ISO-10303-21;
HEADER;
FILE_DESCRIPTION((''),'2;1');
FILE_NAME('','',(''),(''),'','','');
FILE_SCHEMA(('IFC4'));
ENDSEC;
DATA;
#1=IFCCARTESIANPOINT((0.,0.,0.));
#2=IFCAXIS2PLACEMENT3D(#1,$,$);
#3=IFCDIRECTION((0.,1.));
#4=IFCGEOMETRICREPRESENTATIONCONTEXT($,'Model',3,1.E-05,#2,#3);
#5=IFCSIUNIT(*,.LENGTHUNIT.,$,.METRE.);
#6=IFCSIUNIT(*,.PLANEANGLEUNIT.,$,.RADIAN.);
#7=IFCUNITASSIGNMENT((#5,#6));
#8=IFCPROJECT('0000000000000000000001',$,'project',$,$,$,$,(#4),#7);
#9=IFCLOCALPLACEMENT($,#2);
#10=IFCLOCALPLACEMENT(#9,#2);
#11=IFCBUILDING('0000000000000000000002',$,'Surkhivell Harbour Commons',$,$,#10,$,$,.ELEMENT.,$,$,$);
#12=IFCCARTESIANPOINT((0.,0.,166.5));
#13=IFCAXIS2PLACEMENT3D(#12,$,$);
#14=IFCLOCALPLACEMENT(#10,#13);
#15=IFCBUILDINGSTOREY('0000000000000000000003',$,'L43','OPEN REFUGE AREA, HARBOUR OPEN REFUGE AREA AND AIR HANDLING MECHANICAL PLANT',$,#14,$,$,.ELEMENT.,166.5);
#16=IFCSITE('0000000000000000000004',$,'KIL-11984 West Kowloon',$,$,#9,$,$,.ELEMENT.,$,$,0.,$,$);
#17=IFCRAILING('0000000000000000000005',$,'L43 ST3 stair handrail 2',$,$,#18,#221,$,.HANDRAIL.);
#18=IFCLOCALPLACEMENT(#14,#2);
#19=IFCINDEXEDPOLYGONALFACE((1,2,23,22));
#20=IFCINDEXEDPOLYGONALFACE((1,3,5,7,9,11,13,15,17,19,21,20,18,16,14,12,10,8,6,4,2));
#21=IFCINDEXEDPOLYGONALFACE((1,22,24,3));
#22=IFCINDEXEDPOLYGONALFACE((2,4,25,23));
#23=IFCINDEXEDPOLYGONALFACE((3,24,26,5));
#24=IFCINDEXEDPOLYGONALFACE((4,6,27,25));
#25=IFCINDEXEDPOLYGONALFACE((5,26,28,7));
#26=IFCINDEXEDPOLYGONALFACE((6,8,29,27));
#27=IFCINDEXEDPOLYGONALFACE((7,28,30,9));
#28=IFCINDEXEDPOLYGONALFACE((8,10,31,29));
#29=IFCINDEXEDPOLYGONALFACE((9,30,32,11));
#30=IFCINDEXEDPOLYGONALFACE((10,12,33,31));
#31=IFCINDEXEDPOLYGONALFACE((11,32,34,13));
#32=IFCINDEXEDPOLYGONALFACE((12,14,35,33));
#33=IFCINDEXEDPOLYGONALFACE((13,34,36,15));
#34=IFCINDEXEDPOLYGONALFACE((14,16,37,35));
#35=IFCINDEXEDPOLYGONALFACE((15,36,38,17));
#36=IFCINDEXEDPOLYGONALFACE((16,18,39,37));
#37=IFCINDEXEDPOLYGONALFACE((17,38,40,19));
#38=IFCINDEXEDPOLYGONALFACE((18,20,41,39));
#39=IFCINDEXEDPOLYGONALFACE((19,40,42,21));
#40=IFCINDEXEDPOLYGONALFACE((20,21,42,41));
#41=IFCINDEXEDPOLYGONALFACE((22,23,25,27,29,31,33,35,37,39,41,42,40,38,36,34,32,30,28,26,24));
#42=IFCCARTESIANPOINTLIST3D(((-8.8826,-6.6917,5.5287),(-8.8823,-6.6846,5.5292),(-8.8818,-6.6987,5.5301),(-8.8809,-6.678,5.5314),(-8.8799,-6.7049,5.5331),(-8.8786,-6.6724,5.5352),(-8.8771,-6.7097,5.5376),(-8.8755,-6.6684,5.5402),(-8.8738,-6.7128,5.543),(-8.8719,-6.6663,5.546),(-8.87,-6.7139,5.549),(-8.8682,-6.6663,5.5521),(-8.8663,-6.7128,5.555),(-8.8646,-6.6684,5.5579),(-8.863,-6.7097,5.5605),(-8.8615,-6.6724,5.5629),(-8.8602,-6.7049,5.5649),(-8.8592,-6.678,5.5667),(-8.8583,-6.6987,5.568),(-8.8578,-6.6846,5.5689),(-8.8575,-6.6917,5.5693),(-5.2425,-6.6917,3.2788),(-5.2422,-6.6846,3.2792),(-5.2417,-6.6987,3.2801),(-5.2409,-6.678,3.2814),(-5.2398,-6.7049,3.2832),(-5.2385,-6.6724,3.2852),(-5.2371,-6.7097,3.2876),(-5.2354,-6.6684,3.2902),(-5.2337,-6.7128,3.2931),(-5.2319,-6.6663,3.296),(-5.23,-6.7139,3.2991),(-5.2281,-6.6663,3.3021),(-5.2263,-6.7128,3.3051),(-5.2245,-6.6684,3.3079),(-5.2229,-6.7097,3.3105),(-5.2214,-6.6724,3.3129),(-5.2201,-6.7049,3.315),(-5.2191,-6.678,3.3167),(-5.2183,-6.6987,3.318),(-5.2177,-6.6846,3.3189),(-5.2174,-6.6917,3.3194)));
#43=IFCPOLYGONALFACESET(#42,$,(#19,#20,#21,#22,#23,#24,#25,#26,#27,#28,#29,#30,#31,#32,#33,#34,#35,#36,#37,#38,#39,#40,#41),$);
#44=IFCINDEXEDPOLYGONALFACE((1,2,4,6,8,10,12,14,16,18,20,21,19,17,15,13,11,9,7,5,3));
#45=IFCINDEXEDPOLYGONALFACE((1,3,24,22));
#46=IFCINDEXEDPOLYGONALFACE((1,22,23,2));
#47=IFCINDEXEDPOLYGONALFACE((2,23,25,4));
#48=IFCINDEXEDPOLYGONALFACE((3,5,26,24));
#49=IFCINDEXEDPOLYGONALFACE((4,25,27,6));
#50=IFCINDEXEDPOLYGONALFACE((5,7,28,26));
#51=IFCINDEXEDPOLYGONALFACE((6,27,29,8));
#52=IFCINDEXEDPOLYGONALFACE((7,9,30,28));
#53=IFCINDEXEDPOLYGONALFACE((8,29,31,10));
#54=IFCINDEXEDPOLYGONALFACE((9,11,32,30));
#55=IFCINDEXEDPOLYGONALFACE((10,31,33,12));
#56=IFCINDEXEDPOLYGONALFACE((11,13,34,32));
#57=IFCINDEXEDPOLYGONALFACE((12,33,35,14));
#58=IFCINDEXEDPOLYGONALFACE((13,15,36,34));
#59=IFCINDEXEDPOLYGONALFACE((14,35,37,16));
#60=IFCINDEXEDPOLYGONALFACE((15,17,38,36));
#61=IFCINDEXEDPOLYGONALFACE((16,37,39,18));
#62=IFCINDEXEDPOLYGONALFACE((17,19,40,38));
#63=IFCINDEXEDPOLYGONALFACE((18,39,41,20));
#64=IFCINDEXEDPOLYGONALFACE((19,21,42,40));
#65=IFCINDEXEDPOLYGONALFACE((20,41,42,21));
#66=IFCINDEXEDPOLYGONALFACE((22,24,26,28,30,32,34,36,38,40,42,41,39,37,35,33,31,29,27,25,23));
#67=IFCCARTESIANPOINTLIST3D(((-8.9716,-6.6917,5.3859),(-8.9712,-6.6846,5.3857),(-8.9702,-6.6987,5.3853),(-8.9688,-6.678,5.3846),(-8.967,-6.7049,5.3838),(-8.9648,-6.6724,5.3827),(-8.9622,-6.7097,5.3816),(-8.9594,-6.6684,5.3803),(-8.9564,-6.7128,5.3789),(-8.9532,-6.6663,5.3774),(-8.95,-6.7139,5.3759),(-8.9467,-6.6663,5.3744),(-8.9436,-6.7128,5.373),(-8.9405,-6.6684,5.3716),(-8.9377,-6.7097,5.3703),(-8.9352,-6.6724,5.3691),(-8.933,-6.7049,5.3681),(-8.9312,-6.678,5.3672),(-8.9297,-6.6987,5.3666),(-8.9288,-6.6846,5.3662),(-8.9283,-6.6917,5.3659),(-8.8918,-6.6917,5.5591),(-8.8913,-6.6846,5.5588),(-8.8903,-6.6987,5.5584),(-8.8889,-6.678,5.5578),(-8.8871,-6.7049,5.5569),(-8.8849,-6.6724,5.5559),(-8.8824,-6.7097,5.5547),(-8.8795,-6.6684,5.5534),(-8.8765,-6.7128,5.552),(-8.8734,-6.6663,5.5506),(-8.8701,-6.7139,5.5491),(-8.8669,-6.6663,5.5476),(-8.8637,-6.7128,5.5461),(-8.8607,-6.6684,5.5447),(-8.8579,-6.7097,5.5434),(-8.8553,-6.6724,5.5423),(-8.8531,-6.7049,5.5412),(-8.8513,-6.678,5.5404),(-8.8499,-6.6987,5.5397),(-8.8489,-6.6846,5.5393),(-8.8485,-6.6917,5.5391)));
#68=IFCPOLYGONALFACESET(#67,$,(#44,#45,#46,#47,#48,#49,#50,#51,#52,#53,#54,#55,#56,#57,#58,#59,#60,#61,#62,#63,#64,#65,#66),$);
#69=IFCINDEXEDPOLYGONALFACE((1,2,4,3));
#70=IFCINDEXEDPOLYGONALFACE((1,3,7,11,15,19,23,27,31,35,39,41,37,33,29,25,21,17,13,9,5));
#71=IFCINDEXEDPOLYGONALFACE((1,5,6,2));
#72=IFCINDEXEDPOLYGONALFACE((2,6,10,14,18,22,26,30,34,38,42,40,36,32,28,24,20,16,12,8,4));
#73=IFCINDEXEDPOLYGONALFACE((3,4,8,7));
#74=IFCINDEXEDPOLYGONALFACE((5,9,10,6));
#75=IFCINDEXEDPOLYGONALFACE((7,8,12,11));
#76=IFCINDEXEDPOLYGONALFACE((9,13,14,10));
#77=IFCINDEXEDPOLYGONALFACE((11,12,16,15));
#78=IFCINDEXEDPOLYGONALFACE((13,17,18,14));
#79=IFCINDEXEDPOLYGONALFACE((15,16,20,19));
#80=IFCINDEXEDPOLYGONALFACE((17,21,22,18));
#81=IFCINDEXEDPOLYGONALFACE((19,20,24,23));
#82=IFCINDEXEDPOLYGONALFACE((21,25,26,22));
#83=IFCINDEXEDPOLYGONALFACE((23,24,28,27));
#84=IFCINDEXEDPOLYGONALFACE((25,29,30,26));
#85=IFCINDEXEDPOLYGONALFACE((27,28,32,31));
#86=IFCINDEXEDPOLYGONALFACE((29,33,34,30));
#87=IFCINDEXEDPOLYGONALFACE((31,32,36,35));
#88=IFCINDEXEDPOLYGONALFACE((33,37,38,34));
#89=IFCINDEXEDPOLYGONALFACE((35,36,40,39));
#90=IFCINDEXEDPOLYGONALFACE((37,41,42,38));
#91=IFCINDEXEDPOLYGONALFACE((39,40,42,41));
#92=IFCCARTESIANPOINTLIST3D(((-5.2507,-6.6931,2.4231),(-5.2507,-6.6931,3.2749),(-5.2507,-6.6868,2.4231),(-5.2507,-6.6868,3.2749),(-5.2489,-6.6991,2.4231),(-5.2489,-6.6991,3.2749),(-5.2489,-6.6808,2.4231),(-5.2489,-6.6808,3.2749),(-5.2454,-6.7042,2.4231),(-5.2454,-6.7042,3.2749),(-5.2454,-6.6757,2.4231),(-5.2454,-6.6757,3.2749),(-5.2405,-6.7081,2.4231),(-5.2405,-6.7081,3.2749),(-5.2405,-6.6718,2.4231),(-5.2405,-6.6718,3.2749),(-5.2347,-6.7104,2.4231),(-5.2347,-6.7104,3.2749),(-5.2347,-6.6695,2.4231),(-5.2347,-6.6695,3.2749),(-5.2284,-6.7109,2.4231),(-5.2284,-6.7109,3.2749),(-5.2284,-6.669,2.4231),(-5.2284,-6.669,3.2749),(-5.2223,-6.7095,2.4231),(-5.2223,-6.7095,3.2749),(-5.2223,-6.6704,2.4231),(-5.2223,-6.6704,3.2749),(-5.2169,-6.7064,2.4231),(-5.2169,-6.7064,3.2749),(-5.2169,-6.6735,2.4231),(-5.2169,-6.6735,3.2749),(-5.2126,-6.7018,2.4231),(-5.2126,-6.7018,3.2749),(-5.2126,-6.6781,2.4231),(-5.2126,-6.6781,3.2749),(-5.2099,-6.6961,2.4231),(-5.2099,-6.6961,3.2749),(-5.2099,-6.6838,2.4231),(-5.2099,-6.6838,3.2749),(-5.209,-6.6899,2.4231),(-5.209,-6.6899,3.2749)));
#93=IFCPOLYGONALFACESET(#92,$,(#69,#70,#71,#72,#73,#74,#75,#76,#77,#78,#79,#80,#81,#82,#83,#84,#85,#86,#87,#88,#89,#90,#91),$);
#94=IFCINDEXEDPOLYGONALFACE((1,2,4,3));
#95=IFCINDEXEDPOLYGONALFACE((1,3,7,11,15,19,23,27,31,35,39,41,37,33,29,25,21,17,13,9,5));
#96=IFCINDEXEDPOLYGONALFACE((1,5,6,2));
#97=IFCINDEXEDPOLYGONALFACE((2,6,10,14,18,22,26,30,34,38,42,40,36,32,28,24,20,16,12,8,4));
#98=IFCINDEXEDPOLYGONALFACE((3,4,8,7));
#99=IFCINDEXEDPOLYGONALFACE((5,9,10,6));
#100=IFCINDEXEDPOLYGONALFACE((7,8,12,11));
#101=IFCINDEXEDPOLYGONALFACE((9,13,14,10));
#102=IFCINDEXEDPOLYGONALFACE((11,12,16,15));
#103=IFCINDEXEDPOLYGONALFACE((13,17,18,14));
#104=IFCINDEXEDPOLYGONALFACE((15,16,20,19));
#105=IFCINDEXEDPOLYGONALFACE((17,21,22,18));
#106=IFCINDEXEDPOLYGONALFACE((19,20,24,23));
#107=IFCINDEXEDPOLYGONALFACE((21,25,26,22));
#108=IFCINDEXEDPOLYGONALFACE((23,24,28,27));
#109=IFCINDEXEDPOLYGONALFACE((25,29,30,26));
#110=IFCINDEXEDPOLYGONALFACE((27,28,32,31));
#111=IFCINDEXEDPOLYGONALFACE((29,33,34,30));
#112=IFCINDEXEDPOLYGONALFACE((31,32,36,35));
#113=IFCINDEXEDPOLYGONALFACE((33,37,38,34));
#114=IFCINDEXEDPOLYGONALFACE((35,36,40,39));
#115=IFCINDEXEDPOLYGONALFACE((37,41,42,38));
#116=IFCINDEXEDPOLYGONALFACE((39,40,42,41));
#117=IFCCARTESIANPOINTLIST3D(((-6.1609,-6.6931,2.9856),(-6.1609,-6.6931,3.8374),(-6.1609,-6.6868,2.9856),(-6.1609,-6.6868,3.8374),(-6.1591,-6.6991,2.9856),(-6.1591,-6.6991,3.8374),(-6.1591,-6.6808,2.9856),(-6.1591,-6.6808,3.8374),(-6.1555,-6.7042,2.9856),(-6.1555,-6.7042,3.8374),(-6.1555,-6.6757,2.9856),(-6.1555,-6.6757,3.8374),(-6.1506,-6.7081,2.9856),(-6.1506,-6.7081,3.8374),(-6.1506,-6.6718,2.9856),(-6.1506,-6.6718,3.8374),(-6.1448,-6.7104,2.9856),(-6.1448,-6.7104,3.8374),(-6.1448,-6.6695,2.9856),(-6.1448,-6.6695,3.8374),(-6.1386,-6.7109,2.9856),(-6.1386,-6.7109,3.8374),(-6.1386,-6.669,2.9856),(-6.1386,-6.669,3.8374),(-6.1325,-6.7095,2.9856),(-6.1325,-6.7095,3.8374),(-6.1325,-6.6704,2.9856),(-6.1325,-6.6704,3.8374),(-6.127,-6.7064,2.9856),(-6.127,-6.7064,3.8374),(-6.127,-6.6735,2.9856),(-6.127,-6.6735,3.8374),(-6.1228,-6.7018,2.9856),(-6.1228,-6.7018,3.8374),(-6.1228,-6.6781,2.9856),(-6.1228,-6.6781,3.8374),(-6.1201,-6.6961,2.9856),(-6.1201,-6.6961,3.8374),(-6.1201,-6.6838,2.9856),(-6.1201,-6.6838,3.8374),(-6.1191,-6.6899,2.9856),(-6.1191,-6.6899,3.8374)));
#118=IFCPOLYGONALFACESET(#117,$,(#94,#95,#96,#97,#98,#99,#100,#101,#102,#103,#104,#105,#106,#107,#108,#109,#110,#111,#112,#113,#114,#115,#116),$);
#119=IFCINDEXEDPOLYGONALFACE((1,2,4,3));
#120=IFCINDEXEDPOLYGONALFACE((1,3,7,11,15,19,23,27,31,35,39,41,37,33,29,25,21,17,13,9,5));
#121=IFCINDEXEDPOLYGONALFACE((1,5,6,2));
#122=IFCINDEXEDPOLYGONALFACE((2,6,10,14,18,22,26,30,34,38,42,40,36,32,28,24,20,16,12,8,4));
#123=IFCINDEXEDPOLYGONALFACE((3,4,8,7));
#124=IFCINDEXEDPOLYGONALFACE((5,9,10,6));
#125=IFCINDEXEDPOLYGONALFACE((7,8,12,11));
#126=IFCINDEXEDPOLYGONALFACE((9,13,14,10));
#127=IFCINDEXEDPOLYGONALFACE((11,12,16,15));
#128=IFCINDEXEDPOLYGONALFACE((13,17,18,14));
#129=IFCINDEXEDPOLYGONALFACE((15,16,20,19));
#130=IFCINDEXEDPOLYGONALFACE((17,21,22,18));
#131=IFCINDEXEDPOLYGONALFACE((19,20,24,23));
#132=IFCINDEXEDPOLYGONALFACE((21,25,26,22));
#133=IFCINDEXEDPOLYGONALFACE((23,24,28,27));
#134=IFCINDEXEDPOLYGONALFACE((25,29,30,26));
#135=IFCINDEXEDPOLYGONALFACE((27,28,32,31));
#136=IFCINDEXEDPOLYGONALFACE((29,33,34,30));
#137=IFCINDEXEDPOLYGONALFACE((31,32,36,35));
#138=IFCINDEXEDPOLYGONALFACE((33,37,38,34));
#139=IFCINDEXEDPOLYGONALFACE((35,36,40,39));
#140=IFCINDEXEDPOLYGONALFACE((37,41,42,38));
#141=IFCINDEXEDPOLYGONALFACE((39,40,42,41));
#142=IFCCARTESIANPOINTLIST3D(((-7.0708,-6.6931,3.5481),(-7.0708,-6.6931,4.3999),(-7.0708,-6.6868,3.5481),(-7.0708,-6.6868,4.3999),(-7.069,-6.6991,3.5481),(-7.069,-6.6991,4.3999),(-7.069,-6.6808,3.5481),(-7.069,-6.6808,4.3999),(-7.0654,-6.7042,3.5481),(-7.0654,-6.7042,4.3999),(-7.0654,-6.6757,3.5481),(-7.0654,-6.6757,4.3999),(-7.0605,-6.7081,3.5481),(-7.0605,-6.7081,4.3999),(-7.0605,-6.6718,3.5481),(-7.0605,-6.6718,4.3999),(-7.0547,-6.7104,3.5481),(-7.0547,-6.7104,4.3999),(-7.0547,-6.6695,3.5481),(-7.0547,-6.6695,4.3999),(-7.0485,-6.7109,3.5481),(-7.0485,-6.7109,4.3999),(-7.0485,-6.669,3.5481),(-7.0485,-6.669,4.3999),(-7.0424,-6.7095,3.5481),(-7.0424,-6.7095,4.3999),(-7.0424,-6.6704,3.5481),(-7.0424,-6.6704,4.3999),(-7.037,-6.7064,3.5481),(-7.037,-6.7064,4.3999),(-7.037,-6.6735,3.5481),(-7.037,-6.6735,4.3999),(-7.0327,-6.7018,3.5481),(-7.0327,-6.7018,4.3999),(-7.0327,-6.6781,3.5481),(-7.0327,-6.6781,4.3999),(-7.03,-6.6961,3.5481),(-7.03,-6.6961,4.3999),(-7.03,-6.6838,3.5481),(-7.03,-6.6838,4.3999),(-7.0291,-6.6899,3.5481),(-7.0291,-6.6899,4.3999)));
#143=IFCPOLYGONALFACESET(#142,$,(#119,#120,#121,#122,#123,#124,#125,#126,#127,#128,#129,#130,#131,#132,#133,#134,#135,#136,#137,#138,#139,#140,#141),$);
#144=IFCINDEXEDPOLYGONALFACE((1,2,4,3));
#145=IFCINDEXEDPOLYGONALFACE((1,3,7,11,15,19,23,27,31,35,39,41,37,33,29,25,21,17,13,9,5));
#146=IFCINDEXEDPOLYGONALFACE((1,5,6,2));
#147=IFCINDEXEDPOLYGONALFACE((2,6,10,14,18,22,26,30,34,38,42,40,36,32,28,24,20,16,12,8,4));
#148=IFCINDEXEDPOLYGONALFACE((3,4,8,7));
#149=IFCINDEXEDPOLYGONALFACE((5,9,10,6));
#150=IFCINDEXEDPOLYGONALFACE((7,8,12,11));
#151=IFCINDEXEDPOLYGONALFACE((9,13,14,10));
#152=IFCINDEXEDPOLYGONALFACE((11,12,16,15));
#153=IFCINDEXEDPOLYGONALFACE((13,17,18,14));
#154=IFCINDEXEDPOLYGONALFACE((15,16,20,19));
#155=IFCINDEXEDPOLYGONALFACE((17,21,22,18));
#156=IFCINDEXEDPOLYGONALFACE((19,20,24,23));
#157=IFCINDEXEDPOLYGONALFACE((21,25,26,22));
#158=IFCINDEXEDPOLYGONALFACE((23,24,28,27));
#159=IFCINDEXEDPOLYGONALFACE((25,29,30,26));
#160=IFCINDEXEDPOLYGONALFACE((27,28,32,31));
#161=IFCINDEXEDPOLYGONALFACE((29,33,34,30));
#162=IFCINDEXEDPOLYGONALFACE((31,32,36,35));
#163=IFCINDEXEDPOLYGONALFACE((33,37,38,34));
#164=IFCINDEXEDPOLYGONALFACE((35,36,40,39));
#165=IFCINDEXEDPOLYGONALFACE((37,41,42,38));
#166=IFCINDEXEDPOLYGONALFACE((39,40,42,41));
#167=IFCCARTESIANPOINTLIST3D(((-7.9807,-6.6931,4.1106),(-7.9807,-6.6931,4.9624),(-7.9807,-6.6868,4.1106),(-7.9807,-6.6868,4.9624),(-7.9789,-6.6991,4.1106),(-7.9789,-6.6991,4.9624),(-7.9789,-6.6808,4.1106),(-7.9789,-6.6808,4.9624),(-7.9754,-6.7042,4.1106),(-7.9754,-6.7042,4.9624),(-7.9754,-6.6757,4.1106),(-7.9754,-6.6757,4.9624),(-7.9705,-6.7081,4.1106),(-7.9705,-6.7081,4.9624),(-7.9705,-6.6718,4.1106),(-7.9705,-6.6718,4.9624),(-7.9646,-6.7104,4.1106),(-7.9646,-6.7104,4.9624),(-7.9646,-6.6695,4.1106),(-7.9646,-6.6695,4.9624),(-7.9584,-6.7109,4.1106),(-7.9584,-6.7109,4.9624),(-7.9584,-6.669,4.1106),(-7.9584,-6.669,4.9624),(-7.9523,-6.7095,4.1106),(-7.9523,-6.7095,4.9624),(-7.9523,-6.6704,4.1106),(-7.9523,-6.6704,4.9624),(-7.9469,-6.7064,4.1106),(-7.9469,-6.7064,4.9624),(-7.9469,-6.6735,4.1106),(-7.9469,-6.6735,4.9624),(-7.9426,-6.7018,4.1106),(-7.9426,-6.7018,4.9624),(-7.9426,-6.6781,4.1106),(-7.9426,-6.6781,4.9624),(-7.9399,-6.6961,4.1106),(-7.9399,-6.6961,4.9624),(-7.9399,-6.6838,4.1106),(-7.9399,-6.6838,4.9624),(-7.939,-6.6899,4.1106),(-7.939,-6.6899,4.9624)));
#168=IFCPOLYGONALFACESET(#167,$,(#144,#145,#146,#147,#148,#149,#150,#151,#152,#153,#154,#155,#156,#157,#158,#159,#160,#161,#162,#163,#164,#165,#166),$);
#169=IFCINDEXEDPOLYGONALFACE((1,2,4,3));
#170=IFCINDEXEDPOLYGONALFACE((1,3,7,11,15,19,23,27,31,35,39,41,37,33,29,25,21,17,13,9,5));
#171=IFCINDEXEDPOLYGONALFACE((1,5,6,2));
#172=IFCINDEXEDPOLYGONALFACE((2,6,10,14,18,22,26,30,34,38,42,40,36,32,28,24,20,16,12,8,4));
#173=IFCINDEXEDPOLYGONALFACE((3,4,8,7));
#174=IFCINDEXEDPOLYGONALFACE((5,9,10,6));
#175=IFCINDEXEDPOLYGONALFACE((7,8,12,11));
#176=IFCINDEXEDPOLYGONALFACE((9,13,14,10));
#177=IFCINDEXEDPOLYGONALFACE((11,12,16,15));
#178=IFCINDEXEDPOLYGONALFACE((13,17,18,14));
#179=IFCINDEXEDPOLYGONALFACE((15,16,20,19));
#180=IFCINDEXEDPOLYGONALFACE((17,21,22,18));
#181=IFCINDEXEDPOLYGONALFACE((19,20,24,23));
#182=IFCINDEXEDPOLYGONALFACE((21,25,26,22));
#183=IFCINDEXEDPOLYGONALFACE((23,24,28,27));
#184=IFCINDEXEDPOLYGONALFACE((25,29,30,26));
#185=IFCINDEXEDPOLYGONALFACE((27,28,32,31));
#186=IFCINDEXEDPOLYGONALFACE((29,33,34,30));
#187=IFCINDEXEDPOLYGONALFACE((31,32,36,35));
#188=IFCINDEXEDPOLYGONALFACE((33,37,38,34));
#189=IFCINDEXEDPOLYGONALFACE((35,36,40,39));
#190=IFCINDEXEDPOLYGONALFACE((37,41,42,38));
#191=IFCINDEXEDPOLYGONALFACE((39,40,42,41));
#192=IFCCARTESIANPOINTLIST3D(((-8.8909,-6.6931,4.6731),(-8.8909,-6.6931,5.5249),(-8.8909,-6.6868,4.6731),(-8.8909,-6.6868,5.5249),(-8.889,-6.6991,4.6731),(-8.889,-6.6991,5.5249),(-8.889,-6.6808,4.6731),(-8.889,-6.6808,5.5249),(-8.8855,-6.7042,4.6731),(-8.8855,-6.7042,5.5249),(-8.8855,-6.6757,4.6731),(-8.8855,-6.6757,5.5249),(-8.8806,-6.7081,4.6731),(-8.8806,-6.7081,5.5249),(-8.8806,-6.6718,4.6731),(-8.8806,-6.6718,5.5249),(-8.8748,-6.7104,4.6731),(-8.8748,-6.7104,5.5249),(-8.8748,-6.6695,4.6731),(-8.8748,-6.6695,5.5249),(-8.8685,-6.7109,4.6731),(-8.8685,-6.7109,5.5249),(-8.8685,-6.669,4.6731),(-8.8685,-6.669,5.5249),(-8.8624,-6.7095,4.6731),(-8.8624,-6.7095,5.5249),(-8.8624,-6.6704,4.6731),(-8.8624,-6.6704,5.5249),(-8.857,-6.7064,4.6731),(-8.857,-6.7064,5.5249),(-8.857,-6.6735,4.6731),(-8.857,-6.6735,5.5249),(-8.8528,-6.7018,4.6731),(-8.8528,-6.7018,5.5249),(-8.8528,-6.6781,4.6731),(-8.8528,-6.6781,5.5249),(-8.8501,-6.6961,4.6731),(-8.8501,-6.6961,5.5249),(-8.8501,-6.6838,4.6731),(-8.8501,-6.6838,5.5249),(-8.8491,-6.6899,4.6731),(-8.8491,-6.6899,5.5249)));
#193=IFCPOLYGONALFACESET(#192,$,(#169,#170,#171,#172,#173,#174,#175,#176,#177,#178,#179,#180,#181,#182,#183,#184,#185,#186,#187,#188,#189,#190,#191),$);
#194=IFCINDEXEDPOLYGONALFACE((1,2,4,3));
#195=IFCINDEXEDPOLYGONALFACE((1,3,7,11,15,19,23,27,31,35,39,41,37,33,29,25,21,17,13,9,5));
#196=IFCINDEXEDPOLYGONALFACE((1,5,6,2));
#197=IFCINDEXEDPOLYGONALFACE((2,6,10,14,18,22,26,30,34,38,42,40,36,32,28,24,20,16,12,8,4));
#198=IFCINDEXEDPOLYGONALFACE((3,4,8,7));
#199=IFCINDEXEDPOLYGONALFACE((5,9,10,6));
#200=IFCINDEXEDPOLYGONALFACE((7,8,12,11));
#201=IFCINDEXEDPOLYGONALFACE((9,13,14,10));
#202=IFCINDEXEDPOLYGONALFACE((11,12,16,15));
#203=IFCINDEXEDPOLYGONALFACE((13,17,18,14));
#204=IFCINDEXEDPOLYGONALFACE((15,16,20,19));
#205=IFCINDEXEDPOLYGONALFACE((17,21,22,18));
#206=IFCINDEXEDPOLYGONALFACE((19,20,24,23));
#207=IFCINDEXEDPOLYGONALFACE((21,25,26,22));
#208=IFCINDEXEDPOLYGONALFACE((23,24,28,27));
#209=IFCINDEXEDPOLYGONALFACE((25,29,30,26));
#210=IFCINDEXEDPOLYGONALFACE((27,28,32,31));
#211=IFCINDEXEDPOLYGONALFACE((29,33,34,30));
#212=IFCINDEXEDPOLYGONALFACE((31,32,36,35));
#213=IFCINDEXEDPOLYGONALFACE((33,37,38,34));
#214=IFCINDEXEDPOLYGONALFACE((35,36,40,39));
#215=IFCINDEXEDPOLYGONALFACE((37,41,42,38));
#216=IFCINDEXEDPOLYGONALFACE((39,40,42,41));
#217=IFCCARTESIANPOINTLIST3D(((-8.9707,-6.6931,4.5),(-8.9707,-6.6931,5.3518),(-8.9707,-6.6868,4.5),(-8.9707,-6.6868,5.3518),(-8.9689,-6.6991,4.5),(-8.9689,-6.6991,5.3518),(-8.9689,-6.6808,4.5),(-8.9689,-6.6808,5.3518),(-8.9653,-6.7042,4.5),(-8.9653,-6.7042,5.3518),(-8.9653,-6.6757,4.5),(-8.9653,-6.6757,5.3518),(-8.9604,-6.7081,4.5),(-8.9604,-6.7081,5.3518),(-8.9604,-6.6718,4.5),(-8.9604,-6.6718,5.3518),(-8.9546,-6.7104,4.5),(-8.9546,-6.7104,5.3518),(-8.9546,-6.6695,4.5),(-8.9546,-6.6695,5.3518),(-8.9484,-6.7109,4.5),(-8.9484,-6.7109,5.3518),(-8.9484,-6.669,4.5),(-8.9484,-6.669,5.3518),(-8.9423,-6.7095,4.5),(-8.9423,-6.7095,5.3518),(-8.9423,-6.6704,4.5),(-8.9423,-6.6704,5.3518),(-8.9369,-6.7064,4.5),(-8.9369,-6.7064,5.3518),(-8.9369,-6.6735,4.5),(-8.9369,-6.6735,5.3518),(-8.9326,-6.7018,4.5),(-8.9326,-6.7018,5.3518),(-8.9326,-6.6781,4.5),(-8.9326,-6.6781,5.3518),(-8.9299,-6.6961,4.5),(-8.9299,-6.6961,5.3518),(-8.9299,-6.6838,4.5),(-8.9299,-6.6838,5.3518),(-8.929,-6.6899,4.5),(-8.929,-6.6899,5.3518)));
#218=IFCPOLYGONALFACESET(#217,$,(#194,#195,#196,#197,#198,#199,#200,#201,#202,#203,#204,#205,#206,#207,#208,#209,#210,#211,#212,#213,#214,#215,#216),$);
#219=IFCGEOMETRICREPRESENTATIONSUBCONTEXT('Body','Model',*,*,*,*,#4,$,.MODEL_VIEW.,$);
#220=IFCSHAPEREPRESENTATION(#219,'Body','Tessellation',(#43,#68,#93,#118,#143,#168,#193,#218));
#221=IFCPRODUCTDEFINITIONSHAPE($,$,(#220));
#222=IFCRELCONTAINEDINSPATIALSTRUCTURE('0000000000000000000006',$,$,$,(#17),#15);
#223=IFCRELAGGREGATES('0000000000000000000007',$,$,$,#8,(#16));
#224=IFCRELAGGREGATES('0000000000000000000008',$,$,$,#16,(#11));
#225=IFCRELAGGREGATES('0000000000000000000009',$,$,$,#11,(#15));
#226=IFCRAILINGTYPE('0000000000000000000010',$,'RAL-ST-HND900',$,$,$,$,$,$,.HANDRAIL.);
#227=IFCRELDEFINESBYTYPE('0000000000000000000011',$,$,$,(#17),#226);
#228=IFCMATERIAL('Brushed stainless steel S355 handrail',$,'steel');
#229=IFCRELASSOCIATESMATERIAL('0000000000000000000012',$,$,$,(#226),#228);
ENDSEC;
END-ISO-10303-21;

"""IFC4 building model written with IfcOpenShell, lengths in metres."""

from ifc_helpers import new_model, si_unit, direction, frame, origin, origin_2d, place, context, subcontext, project, spatial, circle, extrude, material, type_object, element, save


model = new_model("IFC4")

# Units and contexts
model_context = context("Model", 3, precision=1e-05, world=origin(), true_north=direction((0.0, 1.0)))
body_context = subcontext(model_context, "Body", "Model", "MODEL_VIEW")
ifc_project = project(units=[si_unit("LENGTHUNIT", "METRE"), si_unit("PLANEANGLEUNIT", "RADIAN")], contexts=[model_context])

# Site, building, storey
site_placement = place(None, origin())
site = spatial("IfcSite", under=ifc_project, at=site_placement, Name="KIL-11984 West Kowloon", CompositionType="ELEMENT", RefElevation=0.0)
building_placement = place(site_placement, origin())
building = spatial("IfcBuilding", under=site, at=building_placement, Name="Surkhivell Harbour Commons", CompositionType="ELEMENT")
storey_placement = place(building_placement, frame((0.0, 0.0, 166.5)))
storey = spatial("IfcBuildingStorey", under=building, at=storey_placement, Name="L43", Description="OPEN REFUGE AREA, HARBOUR OPEN REFUGE AREA AND AIR HANDLING MECHANICAL PLANT", CompositionType="ELEMENT", Elevation=166.5)

# Railing
ifc_material_1 = material(Name="Brushed stainless steel S355 handrail", Category="steel")
railing_type_1 = type_object("IfcRailingType", Name="RAL-ST-HND900", PredefinedType="HANDRAIL", material=ifc_material_1)
railing_1_placement = place(storey_placement, frame((-5.23, -6.6899, 2.4231)))
element("IfcRailing", 1, at=railing_1_placement, inside=storey, type_object=railing_type_1, Name="L43 ST3 stair handrail 2", PredefinedType="HANDRAIL", context=body_context, shape_type="SweptSolid", body=[
    extrude(circle(Radius=0.0239, at=origin_2d()), frame((0.0, 0.0, 0.876), z_axis=(-0.850622, 0.0, 0.525777), x_axis=(0.0, -1.0, 0.0)), (0.0, 0.0, 1.0), 4.2793),
    extrude(circle(Radius=0.0239, at=origin_2d()), frame((-3.6401, 0.0, 3.126), z_axis=(-0.418815, 0.0, -0.908072), x_axis=(0.0, -1.0, 0.0)), (0.0, 0.0, 1.0), 0.1907),
    extrude(circle(Radius=0.021, at=origin_2d()), origin(), (0.0, 0.0, 1.0), 0.8518),
    extrude(circle(Radius=0.021, at=origin_2d()), frame((-0.9102, 0.0, 0.5625)), (0.0, 0.0, 1.0), 0.8518),
    extrude(circle(Radius=0.021, at=origin_2d()), frame((-1.8201, 0.0, 1.125)), (0.0, 0.0, 1.0), 0.8518),
    extrude(circle(Radius=0.021, at=origin_2d()), frame((-2.73, 0.0, 1.6875)), (0.0, 0.0, 1.0), 0.8518),
    extrude(circle(Radius=0.021, at=origin_2d()), frame((-3.6401, 0.0, 2.25)), (0.0, 0.0, 1.0), 0.8518),
    extrude(circle(Radius=0.021, at=origin_2d()), frame((-3.72, 0.0, 2.0769)), (0.0, 0.0, 1.0), 0.8518),
])

save(model, "model.ifc")
